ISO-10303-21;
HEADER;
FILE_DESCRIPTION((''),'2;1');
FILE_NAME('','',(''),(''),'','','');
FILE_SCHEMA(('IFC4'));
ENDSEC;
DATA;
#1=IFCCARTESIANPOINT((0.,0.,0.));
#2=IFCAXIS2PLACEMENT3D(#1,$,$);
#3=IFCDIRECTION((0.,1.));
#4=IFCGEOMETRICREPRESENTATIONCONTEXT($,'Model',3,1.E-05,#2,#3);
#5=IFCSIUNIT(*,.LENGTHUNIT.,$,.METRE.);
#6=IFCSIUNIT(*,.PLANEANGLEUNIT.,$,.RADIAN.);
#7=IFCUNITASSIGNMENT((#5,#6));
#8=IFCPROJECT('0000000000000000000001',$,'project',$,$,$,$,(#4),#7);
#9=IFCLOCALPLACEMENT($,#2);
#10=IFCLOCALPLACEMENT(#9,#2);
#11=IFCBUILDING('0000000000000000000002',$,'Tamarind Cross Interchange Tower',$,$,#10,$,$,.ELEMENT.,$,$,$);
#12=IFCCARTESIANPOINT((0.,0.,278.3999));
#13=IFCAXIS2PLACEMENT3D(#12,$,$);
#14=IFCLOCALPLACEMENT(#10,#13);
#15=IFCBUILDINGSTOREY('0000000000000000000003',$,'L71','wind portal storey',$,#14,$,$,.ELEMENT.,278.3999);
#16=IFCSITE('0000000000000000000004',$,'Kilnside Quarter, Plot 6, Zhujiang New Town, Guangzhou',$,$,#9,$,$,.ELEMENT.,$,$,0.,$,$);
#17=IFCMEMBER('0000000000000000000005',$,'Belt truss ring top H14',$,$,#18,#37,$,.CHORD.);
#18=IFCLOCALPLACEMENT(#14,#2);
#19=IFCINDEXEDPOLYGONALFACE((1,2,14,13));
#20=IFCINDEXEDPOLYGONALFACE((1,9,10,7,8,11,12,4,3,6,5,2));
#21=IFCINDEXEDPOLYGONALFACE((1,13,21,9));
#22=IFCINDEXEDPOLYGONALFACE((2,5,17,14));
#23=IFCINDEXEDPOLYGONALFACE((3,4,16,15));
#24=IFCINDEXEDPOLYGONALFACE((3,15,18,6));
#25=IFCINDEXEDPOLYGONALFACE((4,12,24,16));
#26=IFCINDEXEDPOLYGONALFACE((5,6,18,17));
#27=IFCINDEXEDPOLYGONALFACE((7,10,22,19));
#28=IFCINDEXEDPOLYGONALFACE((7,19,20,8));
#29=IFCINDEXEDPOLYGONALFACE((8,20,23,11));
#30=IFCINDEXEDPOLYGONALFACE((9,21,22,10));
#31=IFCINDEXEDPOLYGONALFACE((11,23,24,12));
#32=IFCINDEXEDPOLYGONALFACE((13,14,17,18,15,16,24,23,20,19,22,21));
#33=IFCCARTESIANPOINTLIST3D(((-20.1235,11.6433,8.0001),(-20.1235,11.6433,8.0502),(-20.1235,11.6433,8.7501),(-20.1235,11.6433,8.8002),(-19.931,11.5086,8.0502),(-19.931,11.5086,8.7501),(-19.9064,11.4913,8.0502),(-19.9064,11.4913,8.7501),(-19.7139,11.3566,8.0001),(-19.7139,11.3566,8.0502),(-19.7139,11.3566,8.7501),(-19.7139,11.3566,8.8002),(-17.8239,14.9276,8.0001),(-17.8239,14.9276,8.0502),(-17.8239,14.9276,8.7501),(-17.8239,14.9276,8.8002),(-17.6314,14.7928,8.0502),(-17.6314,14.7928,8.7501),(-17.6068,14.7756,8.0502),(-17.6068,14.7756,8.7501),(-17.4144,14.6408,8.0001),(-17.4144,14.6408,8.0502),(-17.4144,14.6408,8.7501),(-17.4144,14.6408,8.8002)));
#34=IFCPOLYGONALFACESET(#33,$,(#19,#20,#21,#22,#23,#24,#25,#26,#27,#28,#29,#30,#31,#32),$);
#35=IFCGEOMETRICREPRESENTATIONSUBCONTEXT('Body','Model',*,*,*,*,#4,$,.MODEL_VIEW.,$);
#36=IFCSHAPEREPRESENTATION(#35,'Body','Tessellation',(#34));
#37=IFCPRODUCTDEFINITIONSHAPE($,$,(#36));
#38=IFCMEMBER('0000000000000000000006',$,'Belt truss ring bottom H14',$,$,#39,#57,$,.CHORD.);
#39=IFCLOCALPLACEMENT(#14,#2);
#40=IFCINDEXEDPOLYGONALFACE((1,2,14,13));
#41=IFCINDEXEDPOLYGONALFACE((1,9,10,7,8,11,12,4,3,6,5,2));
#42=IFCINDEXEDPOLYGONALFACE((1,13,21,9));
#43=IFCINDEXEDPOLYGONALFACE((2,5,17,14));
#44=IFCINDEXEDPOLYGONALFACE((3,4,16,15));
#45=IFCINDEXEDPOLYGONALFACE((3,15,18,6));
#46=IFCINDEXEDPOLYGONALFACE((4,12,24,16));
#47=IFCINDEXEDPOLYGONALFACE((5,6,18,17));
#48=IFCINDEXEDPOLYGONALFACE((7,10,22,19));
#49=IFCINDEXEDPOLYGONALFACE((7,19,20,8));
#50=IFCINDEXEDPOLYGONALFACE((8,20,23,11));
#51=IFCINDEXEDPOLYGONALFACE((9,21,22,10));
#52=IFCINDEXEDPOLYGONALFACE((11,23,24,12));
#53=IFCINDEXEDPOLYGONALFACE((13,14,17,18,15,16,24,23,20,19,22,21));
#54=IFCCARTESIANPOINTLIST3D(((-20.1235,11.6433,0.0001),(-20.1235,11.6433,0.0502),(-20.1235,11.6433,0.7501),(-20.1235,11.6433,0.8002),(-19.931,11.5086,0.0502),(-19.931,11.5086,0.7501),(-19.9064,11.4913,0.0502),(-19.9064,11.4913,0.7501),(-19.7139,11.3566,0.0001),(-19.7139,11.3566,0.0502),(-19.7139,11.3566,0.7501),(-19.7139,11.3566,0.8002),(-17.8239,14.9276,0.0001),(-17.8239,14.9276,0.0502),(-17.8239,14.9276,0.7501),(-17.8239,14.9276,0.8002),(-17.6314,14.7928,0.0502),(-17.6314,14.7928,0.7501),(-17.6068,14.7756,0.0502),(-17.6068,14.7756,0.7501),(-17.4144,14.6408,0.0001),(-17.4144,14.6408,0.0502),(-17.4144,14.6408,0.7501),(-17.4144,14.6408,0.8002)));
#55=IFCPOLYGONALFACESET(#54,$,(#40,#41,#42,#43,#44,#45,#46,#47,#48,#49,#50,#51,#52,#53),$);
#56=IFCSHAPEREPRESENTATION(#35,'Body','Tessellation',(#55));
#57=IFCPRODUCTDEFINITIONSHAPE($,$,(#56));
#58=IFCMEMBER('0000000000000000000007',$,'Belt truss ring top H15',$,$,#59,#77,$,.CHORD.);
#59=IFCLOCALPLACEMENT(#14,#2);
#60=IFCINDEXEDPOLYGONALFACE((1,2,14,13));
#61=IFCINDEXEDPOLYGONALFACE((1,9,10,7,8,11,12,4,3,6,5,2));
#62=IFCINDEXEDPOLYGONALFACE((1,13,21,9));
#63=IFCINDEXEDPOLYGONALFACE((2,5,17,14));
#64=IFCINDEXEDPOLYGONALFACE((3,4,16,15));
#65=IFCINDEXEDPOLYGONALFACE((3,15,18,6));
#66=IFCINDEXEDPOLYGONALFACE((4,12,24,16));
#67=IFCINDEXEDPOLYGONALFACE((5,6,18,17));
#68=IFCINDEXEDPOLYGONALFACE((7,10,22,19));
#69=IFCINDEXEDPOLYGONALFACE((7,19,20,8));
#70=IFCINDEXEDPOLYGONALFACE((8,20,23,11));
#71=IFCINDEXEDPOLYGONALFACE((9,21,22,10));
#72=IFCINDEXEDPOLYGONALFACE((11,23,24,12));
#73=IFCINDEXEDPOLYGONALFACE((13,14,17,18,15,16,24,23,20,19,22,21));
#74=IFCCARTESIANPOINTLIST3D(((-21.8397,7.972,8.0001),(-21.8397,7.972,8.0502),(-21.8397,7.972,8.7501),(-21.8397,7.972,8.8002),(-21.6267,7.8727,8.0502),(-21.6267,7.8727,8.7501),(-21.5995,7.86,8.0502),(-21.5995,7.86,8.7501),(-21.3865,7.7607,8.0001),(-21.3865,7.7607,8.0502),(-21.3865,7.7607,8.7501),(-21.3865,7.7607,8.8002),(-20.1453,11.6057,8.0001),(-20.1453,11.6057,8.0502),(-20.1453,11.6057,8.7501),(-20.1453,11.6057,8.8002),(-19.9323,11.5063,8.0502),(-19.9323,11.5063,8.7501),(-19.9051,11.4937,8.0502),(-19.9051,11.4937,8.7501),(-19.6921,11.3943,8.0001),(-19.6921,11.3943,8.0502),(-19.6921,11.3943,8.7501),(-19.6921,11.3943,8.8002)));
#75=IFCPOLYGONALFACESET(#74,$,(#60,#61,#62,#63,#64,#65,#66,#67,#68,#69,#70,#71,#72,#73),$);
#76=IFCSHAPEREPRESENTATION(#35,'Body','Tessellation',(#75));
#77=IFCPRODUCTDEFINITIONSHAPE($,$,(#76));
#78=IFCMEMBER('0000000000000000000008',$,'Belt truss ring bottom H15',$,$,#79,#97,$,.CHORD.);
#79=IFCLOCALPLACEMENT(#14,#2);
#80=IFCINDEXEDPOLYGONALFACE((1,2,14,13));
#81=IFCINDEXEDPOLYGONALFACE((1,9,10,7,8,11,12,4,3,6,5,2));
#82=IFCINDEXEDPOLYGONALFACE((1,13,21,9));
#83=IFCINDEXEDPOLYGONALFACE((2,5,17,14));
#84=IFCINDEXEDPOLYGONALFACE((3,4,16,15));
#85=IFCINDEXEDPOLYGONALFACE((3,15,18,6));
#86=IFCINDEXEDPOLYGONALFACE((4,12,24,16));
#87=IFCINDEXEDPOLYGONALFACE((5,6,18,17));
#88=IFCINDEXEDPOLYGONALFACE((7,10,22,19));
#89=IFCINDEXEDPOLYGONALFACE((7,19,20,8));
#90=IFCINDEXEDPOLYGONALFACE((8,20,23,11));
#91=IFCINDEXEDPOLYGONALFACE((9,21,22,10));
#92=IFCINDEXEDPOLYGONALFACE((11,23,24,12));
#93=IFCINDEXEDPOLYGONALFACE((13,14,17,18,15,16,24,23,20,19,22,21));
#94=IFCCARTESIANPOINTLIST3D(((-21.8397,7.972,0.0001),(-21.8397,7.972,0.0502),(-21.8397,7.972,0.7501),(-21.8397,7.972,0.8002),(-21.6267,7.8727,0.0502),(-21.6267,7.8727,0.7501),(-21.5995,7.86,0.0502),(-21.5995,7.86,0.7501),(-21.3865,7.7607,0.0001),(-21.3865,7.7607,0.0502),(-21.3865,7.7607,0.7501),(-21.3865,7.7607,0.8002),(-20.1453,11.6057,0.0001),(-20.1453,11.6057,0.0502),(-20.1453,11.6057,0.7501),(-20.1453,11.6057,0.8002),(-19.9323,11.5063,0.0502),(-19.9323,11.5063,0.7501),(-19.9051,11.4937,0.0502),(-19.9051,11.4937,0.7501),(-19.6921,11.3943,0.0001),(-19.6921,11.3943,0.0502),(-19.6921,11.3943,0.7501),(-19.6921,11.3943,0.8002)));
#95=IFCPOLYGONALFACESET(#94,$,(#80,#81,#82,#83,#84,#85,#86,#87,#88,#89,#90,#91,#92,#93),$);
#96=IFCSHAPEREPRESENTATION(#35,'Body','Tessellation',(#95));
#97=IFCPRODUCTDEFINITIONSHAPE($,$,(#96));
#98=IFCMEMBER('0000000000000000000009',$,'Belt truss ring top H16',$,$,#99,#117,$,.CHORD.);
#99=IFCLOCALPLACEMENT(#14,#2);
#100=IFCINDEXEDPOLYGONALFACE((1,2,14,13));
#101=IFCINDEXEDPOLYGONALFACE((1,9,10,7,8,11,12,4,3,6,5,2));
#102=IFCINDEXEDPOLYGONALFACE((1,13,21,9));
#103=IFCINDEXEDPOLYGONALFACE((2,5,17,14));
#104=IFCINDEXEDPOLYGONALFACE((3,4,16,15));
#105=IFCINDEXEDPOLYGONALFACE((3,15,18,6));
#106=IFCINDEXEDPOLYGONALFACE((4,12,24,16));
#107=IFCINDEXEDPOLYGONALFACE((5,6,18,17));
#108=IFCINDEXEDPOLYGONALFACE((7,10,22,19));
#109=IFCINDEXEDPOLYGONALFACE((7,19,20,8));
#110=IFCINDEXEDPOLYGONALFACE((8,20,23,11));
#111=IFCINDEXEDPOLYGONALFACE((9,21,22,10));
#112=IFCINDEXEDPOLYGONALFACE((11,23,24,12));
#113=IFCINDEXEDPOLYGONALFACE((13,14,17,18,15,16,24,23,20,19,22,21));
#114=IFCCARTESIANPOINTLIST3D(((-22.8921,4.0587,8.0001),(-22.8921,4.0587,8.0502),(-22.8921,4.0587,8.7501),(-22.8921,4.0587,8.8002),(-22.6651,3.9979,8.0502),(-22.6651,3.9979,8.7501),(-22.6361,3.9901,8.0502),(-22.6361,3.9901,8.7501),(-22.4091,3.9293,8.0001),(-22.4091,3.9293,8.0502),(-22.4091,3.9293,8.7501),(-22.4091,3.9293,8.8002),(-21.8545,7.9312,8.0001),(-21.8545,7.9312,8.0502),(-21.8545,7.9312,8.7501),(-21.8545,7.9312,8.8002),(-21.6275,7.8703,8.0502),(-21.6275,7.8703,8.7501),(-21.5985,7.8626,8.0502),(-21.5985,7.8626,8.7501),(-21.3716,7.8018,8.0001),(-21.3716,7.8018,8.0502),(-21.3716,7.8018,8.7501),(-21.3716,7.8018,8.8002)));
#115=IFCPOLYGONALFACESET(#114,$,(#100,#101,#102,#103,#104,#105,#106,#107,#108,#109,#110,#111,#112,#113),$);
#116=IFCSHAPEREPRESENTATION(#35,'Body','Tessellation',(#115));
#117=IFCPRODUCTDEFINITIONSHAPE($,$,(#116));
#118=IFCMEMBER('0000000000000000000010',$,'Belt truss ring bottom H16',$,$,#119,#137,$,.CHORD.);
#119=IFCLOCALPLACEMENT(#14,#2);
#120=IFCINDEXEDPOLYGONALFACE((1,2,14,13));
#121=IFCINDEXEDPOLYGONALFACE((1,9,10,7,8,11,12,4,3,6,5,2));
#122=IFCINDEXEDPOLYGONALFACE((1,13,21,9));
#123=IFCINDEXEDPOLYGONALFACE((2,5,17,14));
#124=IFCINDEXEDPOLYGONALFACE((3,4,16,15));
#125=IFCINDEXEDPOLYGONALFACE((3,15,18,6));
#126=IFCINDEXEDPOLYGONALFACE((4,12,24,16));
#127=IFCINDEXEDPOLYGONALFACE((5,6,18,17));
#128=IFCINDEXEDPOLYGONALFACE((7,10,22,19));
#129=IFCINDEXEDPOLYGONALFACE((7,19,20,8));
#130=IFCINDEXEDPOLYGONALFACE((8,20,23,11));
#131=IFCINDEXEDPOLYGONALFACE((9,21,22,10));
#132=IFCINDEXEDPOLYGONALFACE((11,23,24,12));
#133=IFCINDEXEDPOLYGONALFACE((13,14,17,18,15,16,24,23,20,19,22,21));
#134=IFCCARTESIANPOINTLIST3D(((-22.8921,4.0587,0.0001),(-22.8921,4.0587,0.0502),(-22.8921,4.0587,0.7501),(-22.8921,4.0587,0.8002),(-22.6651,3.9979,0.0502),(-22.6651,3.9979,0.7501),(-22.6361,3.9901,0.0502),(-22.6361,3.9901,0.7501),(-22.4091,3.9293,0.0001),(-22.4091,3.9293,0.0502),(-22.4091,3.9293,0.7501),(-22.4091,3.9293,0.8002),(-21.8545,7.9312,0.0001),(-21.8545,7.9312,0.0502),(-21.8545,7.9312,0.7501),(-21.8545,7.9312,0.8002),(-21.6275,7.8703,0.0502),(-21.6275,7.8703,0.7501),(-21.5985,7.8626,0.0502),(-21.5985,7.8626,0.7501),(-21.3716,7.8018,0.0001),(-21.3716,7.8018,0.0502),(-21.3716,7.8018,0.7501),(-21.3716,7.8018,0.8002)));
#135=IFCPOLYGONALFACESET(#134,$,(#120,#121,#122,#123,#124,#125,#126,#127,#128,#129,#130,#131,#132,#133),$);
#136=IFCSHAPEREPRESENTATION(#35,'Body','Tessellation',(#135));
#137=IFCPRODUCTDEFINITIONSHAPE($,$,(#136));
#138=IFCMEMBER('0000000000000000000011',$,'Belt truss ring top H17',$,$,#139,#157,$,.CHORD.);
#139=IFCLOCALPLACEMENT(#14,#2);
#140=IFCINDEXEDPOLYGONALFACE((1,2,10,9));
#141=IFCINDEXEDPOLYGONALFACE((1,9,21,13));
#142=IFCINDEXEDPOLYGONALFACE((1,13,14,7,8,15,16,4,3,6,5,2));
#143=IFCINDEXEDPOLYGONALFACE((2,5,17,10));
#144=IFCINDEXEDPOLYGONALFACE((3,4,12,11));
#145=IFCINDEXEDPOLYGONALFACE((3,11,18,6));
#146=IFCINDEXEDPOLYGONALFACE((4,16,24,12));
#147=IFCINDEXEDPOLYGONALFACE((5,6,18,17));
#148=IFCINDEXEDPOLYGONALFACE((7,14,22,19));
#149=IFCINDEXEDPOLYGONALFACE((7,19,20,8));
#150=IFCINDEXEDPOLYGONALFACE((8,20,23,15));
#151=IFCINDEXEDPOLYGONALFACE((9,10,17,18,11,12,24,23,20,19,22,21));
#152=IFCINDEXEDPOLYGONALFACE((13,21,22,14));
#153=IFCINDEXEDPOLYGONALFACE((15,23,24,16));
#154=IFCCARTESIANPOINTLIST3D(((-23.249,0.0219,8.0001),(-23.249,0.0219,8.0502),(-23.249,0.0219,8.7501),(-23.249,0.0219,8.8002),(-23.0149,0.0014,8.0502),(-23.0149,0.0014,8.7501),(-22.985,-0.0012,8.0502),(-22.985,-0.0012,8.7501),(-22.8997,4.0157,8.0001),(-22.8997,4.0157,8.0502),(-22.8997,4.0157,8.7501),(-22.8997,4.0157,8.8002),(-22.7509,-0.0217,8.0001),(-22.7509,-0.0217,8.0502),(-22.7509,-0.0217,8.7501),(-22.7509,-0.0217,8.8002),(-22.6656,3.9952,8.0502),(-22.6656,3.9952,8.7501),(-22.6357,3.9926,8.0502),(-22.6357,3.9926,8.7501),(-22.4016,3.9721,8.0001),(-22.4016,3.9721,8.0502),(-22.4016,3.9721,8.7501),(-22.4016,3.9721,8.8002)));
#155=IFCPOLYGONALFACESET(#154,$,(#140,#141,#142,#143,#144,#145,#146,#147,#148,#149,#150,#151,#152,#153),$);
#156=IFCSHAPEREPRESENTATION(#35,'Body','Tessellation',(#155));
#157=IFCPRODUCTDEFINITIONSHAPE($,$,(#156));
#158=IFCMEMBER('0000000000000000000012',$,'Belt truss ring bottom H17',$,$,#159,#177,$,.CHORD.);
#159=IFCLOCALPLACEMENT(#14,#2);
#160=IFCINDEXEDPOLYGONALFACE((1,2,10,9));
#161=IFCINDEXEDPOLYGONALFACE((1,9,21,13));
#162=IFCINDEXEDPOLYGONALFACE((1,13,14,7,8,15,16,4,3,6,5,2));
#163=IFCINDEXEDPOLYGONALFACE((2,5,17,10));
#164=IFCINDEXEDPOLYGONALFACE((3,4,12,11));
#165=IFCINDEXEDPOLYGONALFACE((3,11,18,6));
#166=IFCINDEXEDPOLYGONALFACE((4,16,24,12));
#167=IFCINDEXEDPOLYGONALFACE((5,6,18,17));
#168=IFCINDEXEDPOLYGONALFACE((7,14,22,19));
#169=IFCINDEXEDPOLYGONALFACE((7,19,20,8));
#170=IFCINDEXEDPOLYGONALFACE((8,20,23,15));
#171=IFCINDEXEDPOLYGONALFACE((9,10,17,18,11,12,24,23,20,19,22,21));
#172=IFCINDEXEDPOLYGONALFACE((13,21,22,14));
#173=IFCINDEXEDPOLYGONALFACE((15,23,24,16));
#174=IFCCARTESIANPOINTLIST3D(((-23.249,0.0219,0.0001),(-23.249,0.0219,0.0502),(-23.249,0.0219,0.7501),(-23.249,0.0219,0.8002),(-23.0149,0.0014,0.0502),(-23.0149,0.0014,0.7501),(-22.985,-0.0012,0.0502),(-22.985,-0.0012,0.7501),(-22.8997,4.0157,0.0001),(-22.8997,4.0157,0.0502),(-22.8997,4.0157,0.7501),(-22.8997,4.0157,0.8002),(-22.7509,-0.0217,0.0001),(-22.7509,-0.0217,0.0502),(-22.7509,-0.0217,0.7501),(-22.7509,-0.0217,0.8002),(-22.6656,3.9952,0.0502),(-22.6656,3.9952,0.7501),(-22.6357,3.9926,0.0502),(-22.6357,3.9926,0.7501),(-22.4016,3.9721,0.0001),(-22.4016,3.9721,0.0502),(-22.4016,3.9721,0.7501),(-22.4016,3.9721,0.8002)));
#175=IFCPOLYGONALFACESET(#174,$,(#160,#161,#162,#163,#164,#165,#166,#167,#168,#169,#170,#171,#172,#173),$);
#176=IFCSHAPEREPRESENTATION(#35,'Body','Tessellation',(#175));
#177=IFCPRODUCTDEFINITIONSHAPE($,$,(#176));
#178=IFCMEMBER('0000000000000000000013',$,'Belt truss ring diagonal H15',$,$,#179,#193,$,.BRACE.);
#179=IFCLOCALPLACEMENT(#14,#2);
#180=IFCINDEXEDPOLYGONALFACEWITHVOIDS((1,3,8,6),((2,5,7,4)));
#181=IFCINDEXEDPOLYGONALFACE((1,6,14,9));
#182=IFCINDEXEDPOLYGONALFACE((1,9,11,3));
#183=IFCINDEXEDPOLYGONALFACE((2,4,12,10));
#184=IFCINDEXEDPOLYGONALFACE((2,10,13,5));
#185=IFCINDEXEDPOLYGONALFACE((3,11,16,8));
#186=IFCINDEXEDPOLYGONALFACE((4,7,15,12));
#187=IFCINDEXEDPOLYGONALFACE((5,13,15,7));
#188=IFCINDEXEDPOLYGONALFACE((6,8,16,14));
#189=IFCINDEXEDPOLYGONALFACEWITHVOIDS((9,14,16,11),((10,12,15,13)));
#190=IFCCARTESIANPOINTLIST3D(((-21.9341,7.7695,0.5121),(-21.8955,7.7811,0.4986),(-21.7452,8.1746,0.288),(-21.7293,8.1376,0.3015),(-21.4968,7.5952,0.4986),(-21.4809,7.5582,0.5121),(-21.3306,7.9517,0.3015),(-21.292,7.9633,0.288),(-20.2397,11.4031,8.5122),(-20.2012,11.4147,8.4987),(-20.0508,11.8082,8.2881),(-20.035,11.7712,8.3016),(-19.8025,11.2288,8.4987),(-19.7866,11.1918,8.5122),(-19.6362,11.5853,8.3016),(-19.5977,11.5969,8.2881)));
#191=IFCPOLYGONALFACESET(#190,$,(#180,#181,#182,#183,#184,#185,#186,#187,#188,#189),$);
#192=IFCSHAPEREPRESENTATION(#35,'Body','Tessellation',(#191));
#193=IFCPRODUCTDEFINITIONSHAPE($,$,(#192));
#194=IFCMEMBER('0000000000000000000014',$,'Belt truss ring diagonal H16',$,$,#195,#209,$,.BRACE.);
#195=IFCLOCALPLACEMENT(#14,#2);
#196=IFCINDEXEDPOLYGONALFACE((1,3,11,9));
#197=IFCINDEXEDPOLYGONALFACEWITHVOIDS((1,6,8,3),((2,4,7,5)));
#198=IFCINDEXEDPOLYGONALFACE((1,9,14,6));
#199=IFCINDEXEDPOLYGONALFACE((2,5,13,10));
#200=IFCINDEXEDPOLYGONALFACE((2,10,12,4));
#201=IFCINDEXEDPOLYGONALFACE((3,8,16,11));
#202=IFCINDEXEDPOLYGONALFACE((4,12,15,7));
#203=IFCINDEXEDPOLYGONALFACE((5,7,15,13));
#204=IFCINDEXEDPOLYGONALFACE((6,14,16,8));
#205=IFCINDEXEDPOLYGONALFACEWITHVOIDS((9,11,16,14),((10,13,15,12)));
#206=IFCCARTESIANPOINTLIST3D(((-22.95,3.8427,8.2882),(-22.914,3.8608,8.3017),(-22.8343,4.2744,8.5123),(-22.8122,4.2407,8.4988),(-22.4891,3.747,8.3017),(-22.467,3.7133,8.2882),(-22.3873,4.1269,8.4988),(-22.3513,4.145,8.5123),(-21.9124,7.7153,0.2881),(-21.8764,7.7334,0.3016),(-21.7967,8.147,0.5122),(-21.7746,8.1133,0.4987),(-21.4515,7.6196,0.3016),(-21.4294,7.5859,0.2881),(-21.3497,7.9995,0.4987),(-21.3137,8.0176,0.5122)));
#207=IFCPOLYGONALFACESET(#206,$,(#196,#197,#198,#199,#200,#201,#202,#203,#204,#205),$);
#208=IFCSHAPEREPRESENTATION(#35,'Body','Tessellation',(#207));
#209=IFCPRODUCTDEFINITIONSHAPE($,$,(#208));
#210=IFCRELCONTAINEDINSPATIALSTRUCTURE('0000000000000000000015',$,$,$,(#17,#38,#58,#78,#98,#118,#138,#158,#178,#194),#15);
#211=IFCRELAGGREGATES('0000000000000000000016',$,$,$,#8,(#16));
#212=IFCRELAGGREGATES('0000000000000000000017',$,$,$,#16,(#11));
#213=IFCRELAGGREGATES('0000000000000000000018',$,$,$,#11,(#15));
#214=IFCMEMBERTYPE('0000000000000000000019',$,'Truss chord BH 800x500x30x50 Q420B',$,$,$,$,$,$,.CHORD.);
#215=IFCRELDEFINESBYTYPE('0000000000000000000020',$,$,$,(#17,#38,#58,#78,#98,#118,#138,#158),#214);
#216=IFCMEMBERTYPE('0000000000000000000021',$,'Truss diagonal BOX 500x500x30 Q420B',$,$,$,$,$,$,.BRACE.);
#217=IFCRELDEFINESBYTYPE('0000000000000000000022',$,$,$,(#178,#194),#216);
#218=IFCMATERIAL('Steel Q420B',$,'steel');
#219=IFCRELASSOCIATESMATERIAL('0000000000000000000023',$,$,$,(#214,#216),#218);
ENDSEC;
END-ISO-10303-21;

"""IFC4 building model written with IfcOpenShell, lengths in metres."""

from ifc_helpers import new_model, si_unit, direction, frame, origin, origin_2d, place, context, subcontext, project, spatial, hollow_rectangle, i_section, extrude, material, material_profile, profile_set, type_object, element, save


model = new_model("IFC4")

# Units and contexts
model_context = context("Model", 3, precision=1e-05, world=origin(), true_north=direction((0.0, 1.0)))
body_context = subcontext(model_context, "Body", "Model", "MODEL_VIEW")
ifc_project = project(units=[si_unit("LENGTHUNIT", "METRE"), si_unit("PLANEANGLEUNIT", "RADIAN")], contexts=[model_context])

# Site, building, storey
site_placement = place(None, origin())
site = spatial("IfcSite", under=ifc_project, at=site_placement, Name="Kilnside Quarter, Plot 6, Zhujiang New Town, Guangzhou", CompositionType="ELEMENT", RefElevation=0.0)
building_placement = place(site_placement, origin())
building = spatial("IfcBuilding", under=site, at=building_placement, Name="Tamarind Cross Interchange Tower", CompositionType="ELEMENT")
storey_placement = place(building_placement, frame((0.0, 0.0, 278.3999)))
storey = spatial("IfcBuildingStorey", under=building, at=storey_placement, Name="L71", Description="wind portal storey", CompositionType="ELEMENT", Elevation=278.3999)

# Members
ifc_material_1 = material(Name="Steel Q420B", Category="steel")
ifc_material_profile_1 = material_profile(ifc_material_1, i_section(OverallWidth=0.5, OverallDepth=0.8, WebThickness=0.03, FlangeThickness=0.05, at=origin_2d()), Name="BH 800x500x30x50")
ifc_profile_set_1 = profile_set([ifc_material_profile_1], Name="Steel Q420B")
member_type_1 = type_object("IfcMemberType", Name="Truss chord BH 800x500x30x50 Q420B", PredefinedType="CHORD", material=ifc_profile_set_1)
for number, where, z_axis, x_axis, name in (
    (1, (-17.6191, 14.7842, 8.4001), (-0.573569, -0.819158, 0.0), (0.819158, -0.573569, 0.0), "Belt truss ring top H14"),
    (2, (-17.6191, 14.7842, 0.4001), (-0.573569, -0.819158, 0.0), (0.819158, -0.573569, 0.0), "Belt truss ring bottom H14"),
    (3, (-19.9187, 11.5, 8.4001), (-0.422615, -0.906309, 0.0), (0.906309, -0.422615, 0.0), "Belt truss ring top H15"),
    (4, (-19.9187, 11.5, 0.4001), (-0.422615, -0.906309, 0.0), (0.906309, -0.422615, 0.0), "Belt truss ring bottom H15"),
):
    element("IfcMember", number, at=place(storey_placement, frame(where, z_axis=z_axis, x_axis=x_axis)), inside=storey, type_object=member_type_1, Name=name, PredefinedType="CHORD", context=body_context, shape_type="SweptSolid", body=[
        extrude(i_section(OverallWidth=0.5, OverallDepth=0.8, WebThickness=0.03, FlangeThickness=0.05, at=origin_2d()), origin(), (0.0, 0.0, 1.0), 4.0093),
    ])
for number, where, z_axis, x_axis, name in (
    (5, (-21.613, 7.8665, 8.4001), (-0.258807, -0.965929, 0.0), (0.965929, -0.258807, 0.0), "Belt truss ring top H16"),
    (6, (-21.613, 7.8665, 0.4001), (-0.258807, -0.965929, 0.0), (0.965929, -0.258807, 0.0), "Belt truss ring bottom H16"),
    (7, (-22.6506, 3.9939, 8.4001), (-0.087142, -0.996196, 0.0), (0.996196, -0.087142, 0.0), "Belt truss ring top H17"),
    (8, (-22.6506, 3.9939, 0.4001), (-0.087142, -0.996196, 0.0), (0.996196, -0.087142, 0.0), "Belt truss ring bottom H17"),
):
    element("IfcMember", number, at=place(storey_placement, frame(where, z_axis=z_axis, x_axis=x_axis)), inside=storey, type_object=member_type_1, Name=name, PredefinedType="CHORD", context=body_context, shape_type="SweptSolid", body=[
        extrude(i_section(OverallWidth=0.5, OverallDepth=0.8, WebThickness=0.03, FlangeThickness=0.05, at=origin_2d()), origin(), (0.0, 0.0, 1.0), 4.009),
    ])
ifc_material_profile_2 = material_profile(ifc_material_1, hollow_rectangle(XDim=0.5, YDim=0.5, WallThickness=0.03, at=origin_2d()), Name="BOX 500x500x30")
ifc_profile_set_2 = profile_set([ifc_material_profile_2], Name="Steel Q420B")
member_type_2 = type_object("IfcMemberType", Name="Truss diagonal BOX 500x500x30 Q420B", PredefinedType="BRACE", material=ifc_profile_set_2)
for number, where, z_axis, x_axis, name in (
    (9, (-19.9187, 11.5, 8.4001), (-0.189346, -0.406056, -0.894017), (0.906309, -0.422615, 0.0), "Belt truss ring diagonal H15"),
    (10, (-21.613, 7.8665, 0.4001), (-0.115954, -0.432767, 0.894018), (0.965929, -0.258807, 0.0), "Belt truss ring diagonal H16"),
):
    element("IfcMember", number, at=place(storey_placement, frame(where, z_axis=z_axis, x_axis=x_axis)), inside=storey, type_object=member_type_2, Name=name, PredefinedType="BRACE", context=body_context, shape_type="SweptSolid", body=[
        extrude(hollow_rectangle(XDim=0.5, YDim=0.5, WallThickness=0.03, at=origin_2d()), origin(), (0.0, 0.0, 1.0), 8.9485),
    ])

save(model, "model.ifc")
